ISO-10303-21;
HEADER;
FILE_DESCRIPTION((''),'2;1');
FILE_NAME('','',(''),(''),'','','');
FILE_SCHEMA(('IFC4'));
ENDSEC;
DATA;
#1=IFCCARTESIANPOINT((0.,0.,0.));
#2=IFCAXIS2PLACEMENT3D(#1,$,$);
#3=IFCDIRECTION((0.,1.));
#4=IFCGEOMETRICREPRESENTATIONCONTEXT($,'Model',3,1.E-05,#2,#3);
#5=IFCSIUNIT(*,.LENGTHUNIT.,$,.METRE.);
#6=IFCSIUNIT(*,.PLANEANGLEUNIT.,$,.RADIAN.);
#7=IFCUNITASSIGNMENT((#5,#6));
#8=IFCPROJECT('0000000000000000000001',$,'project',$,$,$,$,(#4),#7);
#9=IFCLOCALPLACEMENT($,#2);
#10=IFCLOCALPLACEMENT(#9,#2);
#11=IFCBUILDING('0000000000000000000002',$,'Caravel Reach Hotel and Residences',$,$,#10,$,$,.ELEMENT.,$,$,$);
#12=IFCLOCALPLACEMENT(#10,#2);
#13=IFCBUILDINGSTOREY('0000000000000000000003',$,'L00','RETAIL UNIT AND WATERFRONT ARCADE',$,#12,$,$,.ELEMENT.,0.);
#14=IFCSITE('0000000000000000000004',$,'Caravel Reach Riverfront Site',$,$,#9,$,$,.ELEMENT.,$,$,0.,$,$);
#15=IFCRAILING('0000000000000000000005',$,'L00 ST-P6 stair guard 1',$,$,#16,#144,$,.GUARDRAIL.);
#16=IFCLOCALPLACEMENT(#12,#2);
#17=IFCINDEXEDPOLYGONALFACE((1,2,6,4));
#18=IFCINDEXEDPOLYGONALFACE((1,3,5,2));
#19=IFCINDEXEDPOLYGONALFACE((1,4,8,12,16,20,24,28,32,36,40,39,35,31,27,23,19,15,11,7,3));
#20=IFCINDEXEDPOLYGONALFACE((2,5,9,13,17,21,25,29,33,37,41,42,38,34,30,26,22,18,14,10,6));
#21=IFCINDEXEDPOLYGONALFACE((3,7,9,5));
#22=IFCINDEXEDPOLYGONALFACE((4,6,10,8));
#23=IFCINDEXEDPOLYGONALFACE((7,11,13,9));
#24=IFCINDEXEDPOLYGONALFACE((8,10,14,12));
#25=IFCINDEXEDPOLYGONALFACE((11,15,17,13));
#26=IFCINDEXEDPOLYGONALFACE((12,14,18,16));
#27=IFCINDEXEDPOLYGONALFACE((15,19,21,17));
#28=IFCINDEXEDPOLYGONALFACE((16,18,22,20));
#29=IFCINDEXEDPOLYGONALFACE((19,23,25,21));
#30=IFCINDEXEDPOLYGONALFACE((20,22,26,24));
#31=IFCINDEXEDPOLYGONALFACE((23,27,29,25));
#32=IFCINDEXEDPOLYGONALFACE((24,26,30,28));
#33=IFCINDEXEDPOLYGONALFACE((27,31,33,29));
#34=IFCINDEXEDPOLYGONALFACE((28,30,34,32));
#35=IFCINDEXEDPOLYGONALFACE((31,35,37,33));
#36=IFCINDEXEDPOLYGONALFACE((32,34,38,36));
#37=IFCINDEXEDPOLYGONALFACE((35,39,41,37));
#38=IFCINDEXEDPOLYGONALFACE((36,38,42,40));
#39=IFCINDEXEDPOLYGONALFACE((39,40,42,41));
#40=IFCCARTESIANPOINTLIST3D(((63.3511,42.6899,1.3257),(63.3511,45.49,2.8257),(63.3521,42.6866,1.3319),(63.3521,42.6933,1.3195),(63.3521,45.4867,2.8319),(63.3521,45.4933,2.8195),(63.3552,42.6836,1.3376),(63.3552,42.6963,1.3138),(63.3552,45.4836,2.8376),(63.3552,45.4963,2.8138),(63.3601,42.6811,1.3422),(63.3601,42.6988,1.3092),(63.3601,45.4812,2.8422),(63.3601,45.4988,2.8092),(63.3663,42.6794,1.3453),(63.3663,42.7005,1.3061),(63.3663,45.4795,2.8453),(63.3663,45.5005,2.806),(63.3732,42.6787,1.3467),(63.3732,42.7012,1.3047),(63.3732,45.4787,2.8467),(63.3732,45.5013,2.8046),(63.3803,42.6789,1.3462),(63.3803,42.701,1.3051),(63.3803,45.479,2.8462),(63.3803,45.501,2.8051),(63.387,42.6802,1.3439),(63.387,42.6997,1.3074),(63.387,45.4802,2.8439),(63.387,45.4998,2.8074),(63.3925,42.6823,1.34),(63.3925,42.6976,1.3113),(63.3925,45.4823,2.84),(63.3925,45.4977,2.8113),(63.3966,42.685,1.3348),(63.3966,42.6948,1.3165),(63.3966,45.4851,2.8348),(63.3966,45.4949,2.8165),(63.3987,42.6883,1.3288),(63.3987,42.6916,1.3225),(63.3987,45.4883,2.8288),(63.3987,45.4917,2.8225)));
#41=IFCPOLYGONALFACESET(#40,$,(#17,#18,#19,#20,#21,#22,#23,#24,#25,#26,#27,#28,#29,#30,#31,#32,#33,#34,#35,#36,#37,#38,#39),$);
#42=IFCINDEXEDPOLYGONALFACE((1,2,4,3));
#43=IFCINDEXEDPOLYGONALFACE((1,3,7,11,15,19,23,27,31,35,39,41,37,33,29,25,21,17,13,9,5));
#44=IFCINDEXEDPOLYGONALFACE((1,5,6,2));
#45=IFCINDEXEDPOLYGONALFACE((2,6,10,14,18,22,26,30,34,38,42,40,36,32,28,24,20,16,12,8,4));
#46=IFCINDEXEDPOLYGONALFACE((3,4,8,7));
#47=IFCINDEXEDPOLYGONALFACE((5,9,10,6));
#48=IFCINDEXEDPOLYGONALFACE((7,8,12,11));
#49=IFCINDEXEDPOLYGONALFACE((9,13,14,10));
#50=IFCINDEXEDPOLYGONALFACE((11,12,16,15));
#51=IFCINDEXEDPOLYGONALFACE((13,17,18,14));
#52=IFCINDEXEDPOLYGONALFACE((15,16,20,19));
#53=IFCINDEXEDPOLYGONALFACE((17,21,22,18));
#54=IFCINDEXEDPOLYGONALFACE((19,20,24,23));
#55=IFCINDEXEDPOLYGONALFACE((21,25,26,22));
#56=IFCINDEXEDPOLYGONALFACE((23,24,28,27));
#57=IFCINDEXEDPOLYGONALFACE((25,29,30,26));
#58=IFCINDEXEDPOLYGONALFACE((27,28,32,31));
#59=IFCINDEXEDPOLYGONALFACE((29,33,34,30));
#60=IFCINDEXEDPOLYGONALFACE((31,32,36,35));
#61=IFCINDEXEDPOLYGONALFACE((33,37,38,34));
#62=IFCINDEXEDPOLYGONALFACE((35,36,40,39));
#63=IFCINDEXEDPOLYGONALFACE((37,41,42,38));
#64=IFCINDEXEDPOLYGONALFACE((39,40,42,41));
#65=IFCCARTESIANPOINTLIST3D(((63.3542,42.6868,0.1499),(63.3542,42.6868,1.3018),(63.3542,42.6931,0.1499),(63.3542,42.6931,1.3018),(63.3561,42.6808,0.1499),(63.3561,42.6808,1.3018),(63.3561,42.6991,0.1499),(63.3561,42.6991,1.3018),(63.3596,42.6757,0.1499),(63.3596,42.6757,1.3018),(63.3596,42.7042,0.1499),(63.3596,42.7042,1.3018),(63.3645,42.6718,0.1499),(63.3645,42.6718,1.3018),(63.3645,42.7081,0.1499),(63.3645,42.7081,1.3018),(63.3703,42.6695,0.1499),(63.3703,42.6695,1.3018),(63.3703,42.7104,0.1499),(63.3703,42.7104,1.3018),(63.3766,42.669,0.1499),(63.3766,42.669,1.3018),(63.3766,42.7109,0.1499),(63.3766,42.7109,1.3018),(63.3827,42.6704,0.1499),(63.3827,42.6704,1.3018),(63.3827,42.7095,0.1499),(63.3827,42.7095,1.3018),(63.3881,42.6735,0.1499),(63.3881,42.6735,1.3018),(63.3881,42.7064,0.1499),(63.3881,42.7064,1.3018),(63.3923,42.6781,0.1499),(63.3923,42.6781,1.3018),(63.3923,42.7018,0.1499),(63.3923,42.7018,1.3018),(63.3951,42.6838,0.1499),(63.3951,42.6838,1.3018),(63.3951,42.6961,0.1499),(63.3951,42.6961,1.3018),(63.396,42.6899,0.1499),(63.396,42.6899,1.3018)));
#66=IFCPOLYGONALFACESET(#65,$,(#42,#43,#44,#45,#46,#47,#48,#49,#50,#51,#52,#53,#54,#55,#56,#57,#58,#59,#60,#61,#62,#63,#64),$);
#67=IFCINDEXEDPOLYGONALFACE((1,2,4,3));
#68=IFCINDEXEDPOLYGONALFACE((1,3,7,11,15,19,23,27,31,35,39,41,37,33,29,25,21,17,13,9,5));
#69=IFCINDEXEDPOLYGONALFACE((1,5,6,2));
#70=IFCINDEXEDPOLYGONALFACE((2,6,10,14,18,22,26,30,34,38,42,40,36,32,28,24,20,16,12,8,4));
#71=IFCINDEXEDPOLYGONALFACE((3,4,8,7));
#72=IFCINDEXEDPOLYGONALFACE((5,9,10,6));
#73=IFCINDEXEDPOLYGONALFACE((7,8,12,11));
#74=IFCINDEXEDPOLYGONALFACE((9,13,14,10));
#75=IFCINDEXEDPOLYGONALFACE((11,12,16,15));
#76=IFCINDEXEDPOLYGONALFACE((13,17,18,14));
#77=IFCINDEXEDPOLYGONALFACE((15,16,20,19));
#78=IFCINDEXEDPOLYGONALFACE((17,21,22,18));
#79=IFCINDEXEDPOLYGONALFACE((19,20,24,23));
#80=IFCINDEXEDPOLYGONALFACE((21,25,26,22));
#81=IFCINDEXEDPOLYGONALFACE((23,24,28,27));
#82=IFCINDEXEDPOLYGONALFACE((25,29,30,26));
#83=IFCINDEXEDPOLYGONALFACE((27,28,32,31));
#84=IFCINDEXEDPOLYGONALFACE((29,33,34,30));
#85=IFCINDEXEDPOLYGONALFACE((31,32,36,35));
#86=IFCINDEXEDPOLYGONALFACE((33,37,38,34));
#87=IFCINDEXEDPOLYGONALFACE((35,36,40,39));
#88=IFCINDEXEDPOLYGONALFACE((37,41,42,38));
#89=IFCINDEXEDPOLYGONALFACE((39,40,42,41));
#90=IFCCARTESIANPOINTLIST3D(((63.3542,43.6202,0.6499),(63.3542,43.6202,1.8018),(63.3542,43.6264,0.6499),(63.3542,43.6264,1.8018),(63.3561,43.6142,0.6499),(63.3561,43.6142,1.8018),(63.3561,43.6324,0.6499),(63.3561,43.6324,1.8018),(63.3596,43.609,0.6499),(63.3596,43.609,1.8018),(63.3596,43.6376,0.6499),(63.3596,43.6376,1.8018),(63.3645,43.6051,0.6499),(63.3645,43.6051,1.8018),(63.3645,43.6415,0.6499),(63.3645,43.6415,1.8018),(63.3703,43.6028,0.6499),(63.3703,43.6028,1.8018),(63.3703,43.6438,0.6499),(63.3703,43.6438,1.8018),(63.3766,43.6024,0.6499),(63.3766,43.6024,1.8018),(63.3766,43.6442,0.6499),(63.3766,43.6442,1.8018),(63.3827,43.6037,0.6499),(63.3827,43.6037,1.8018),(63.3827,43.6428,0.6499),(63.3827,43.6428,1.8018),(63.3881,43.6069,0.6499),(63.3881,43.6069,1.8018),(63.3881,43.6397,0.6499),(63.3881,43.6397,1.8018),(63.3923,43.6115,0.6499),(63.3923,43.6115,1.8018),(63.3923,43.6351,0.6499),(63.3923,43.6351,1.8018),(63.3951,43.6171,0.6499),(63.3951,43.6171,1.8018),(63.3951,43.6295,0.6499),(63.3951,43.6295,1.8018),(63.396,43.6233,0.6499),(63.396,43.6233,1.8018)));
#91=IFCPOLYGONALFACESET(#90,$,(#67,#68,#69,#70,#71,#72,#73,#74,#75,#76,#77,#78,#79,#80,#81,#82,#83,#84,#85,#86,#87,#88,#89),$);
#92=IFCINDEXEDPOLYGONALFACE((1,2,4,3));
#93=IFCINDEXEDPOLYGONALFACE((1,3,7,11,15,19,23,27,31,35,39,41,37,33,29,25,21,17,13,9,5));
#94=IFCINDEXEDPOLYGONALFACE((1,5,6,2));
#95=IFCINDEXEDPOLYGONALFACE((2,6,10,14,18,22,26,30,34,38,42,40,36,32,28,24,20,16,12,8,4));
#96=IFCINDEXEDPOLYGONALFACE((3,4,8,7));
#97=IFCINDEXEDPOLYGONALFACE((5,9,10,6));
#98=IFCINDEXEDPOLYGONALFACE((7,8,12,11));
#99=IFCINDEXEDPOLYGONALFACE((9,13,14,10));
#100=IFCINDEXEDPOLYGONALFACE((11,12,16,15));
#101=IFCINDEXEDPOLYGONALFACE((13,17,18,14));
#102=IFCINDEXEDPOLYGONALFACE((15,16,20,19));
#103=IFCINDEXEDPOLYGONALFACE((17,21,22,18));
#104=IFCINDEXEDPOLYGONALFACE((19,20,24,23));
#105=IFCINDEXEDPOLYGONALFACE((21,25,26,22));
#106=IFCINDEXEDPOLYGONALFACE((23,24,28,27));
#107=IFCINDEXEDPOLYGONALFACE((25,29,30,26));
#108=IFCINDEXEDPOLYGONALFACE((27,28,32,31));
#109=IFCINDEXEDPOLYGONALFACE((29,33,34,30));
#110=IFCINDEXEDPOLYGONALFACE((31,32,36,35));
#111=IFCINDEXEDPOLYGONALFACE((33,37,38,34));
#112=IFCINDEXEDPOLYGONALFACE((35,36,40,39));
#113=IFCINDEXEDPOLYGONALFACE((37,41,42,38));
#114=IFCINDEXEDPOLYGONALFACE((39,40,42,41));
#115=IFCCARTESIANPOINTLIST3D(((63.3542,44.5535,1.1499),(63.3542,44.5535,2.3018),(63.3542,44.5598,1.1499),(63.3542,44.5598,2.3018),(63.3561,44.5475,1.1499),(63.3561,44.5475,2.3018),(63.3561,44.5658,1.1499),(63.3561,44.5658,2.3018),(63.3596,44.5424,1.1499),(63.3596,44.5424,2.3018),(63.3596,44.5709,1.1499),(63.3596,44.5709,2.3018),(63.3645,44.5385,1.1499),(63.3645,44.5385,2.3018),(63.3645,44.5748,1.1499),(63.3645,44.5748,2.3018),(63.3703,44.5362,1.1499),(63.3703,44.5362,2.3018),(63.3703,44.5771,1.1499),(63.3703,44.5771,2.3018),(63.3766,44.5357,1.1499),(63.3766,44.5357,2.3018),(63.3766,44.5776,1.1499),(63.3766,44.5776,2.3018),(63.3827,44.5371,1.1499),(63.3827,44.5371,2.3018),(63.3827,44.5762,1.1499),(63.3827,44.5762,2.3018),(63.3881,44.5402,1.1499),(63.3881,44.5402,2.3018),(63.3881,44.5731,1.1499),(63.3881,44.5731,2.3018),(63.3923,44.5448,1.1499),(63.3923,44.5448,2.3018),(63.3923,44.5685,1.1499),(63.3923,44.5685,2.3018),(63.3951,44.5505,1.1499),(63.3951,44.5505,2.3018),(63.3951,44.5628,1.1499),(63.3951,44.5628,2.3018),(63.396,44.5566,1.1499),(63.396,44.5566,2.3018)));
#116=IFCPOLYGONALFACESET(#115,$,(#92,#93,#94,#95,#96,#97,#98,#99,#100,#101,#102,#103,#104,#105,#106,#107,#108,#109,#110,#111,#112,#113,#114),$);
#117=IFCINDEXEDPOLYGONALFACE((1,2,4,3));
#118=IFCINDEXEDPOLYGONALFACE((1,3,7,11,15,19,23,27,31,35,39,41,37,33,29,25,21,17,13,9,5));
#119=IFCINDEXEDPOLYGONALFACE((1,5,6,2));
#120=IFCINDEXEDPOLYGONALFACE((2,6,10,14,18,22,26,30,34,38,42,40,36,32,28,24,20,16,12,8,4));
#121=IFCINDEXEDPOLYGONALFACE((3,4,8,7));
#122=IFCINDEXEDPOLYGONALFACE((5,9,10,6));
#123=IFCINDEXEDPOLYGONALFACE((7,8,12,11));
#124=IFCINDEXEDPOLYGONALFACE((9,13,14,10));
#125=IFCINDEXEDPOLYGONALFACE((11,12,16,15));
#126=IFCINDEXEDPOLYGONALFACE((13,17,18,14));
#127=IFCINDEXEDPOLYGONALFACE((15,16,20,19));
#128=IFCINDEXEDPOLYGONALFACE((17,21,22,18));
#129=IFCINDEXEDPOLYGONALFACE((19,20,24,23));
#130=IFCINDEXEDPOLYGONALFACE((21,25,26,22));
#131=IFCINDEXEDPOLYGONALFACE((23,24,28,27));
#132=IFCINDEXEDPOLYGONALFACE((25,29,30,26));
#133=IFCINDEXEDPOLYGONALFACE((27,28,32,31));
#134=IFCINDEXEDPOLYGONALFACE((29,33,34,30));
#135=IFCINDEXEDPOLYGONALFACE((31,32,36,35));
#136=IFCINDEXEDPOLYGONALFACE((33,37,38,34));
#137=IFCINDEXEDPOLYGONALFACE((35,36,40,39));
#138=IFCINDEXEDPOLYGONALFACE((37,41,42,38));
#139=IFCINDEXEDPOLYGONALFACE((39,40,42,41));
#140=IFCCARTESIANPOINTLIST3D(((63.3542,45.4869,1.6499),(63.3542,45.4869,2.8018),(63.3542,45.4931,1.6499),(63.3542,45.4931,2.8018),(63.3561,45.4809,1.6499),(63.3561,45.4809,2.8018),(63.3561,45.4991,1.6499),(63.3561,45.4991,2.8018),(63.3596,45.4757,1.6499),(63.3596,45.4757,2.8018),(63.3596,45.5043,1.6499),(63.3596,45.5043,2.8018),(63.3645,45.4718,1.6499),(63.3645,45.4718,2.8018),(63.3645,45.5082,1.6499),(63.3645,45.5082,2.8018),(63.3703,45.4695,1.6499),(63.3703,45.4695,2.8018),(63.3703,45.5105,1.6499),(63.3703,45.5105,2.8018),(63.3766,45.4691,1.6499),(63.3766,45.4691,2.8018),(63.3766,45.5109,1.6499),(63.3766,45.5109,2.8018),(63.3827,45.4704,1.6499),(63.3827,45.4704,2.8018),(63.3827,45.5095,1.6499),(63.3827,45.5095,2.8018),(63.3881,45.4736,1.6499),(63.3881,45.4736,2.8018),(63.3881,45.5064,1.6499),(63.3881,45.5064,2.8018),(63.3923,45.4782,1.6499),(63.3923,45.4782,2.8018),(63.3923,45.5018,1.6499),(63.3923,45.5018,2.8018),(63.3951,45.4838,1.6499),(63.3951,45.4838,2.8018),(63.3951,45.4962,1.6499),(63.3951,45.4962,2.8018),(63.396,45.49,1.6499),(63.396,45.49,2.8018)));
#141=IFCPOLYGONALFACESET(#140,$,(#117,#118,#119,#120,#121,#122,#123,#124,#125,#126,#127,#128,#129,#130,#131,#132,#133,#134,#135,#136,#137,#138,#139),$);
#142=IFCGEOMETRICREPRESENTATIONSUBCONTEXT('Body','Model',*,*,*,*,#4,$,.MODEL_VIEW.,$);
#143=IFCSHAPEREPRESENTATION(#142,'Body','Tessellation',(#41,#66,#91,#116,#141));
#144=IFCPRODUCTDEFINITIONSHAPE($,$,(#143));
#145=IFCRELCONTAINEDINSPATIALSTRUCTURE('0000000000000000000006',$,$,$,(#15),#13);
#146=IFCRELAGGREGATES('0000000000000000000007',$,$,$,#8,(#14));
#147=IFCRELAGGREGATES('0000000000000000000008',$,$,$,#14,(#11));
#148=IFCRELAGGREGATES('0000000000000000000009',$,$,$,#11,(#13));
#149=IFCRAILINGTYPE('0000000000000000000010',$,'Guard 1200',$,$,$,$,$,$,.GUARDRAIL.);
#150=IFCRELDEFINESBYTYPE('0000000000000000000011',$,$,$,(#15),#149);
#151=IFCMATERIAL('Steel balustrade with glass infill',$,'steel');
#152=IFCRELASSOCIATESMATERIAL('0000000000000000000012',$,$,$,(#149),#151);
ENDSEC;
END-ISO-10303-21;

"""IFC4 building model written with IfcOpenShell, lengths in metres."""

from ifc_helpers import new_model, si_unit, direction, frame, origin, origin_2d, place, context, subcontext, project, spatial, circle, extrude, material, type_object, element, save


model = new_model("IFC4")

# Units and contexts
model_context = context("Model", 3, precision=1e-05, world=origin(), true_north=direction((0.0, 1.0)))
body_context = subcontext(model_context, "Body", "Model", "MODEL_VIEW")
ifc_project = project(units=[si_unit("LENGTHUNIT", "METRE"), si_unit("PLANEANGLEUNIT", "RADIAN")], contexts=[model_context])

# Site, building, storey
site_placement = place(None, origin())
site = spatial("IfcSite", under=ifc_project, at=site_placement, Name="Caravel Reach Riverfront Site", CompositionType="ELEMENT", RefElevation=0.0)
building_placement = place(site_placement, origin())
building = spatial("IfcBuilding", under=site, at=building_placement, Name="Caravel Reach Hotel and Residences", CompositionType="ELEMENT")
storey_placement = place(building_placement, origin())
storey = spatial("IfcBuildingStorey", under=building, at=storey_placement, Name="L00", Description="RETAIL UNIT AND WATERFRONT ARCADE", CompositionType="ELEMENT", Elevation=0.0)

# Railing
ifc_material_1 = material(Name="Steel balustrade with glass infill", Category="steel")
railing_type_1 = type_object("IfcRailingType", Name="Guard 1200", PredefinedType="GUARDRAIL", material=ifc_material_1)
railing_1_placement = place(storey_placement, frame((63.375, 42.6899, 0.1499)))
element("IfcRailing", 1, at=railing_1_placement, inside=storey, type_object=railing_type_1, Name="L00 ST-P6 stair guard 1", PredefinedType="GUARDRAIL", context=body_context, shape_type="SweptSolid", body=[
    extrude(circle(Radius=0.0239, at=origin_2d()), frame((0.0, 0.0, 1.1758), z_axis=(0.0, 0.881483, 0.472215), x_axis=(-1.0, 0.0, 0.0)), (0.0, 0.0, 1.0), 3.1765),
    extrude(circle(Radius=0.021, at=origin_2d()), origin(), (0.0, 0.0, 1.0), 1.1519),
    extrude(circle(Radius=0.021, at=origin_2d()), frame((0.0, 0.9333, 0.5)), (0.0, 0.0, 1.0), 1.1519),
    extrude(circle(Radius=0.021, at=origin_2d()), frame((0.0, 1.8667, 1.0)), (0.0, 0.0, 1.0), 1.1519),
    extrude(circle(Radius=0.021, at=origin_2d()), frame((0.0, 2.8, 1.5)), (0.0, 0.0, 1.0), 1.1519),
])

save(model, "model.ifc")
